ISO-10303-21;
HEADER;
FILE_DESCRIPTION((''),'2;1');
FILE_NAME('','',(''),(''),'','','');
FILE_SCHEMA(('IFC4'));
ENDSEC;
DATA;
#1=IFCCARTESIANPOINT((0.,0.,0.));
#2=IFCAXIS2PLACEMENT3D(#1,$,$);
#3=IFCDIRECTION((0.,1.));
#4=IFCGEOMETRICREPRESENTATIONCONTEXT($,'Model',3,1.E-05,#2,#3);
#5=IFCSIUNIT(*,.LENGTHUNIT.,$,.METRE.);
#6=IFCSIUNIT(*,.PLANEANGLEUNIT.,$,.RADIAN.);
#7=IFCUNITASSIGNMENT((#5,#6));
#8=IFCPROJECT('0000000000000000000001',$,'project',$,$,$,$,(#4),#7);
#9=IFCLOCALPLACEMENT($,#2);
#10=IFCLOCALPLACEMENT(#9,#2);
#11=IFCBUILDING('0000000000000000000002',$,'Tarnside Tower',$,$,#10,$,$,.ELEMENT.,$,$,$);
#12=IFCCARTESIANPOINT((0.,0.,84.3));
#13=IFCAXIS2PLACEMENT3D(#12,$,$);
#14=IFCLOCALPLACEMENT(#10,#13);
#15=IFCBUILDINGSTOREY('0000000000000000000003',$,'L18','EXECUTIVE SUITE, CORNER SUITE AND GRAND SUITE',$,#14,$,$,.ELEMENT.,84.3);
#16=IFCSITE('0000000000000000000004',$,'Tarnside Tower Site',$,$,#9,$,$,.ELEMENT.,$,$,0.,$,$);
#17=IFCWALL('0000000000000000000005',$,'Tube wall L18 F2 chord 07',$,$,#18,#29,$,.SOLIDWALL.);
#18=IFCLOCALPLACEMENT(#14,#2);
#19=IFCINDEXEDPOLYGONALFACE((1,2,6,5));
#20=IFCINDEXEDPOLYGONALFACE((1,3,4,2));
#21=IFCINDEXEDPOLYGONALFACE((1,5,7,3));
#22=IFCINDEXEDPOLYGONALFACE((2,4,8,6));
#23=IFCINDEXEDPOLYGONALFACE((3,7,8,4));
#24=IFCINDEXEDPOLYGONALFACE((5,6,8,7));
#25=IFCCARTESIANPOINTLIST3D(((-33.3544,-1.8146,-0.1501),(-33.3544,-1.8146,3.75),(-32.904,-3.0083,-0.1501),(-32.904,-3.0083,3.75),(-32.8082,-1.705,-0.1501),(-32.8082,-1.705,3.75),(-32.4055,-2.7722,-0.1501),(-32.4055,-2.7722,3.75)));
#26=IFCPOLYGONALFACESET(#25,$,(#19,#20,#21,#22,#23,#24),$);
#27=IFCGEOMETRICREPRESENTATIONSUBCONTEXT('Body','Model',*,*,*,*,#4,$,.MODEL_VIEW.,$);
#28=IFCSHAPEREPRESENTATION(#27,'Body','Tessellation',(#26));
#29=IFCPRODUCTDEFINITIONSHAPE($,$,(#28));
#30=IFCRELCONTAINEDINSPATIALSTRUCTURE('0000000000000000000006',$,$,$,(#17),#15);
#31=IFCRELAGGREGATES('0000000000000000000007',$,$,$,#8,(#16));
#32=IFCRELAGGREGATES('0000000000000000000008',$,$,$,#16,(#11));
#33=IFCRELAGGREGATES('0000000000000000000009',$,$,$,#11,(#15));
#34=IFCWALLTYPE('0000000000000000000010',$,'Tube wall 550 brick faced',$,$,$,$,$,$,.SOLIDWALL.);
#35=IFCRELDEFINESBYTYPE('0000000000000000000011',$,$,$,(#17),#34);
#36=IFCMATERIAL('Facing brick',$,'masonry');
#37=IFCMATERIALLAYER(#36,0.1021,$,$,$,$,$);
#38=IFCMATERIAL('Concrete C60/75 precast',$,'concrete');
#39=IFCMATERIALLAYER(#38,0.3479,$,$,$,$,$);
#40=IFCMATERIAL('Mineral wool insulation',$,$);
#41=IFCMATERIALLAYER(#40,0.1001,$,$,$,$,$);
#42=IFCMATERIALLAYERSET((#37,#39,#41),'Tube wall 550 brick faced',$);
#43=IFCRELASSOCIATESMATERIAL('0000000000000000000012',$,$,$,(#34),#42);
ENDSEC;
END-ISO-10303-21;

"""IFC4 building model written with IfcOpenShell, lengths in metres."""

from ifc_helpers import new_model, si_unit, direction, frame, origin, place, context, subcontext, project, spatial, polyline, outline, extrude, material, layer, layer_set, type_object, element, save


model = new_model("IFC4")

# Units and contexts
model_context = context("Model", 3, precision=1e-05, world=origin(), true_north=direction((0.0, 1.0)))
body_context = subcontext(model_context, "Body", "Model", "MODEL_VIEW")
ifc_project = project(units=[si_unit("LENGTHUNIT", "METRE"), si_unit("PLANEANGLEUNIT", "RADIAN")], contexts=[model_context])

# Site, building, storey
site_placement = place(None, origin())
site = spatial("IfcSite", under=ifc_project, at=site_placement, Name="Tarnside Tower Site", CompositionType="ELEMENT", RefElevation=0.0)
building_placement = place(site_placement, origin())
building = spatial("IfcBuilding", under=site, at=building_placement, Name="Tarnside Tower", CompositionType="ELEMENT")
storey_placement = place(building_placement, frame((0.0, 0.0, 84.3)))
storey = spatial("IfcBuildingStorey", under=building, at=storey_placement, Name="L18", Description="EXECUTIVE SUITE, CORNER SUITE AND GRAND SUITE", CompositionType="ELEMENT", Elevation=84.3)

# Wall
ifc_material_1 = material(Name="Facing brick", Category="masonry")
ifc_layer_1 = layer(ifc_material_1, 0.1021)
ifc_material_2 = material(Name="Concrete C60/75 precast", Category="concrete")
ifc_layer_2 = layer(ifc_material_2, 0.3479)
ifc_material_3 = material(Name="Mineral wool insulation")
ifc_layer_3 = layer(ifc_material_3, 0.1001)
ifc_layer_set_1 = layer_set([ifc_layer_1, ifc_layer_2, ifc_layer_3], Name="Tube wall 550 brick faced")
wall_type_1 = type_object("IfcWallType", Name="Tube wall 550 brick faced", PredefinedType="SOLIDWALL", material=ifc_layer_set_1)
wall_1_placement = place(storey_placement, frame((-33.0813, -1.7598, -0.1501), z_axis=(0.0, 0.0, 1.0), x_axis=(0.353027, -0.935613, 0.0)))
element("IfcWall", 1, at=wall_1_placement, inside=storey, type_object=wall_type_1, Name="Tube wall L18 F2 chord 07", PredefinedType="SOLIDWALL", context=body_context, shape_type="SweptSolid", body=[
    extrude(outline(polyline([(-0.0452, -0.2749), (1.2307, -0.2749), (1.1858, 0.2749), (0.0452, 0.2749), (-0.0452, -0.2749)])), origin(), (0.0, 0.0, 1.0), 3.9001),
])

save(model, "model.ifc")
